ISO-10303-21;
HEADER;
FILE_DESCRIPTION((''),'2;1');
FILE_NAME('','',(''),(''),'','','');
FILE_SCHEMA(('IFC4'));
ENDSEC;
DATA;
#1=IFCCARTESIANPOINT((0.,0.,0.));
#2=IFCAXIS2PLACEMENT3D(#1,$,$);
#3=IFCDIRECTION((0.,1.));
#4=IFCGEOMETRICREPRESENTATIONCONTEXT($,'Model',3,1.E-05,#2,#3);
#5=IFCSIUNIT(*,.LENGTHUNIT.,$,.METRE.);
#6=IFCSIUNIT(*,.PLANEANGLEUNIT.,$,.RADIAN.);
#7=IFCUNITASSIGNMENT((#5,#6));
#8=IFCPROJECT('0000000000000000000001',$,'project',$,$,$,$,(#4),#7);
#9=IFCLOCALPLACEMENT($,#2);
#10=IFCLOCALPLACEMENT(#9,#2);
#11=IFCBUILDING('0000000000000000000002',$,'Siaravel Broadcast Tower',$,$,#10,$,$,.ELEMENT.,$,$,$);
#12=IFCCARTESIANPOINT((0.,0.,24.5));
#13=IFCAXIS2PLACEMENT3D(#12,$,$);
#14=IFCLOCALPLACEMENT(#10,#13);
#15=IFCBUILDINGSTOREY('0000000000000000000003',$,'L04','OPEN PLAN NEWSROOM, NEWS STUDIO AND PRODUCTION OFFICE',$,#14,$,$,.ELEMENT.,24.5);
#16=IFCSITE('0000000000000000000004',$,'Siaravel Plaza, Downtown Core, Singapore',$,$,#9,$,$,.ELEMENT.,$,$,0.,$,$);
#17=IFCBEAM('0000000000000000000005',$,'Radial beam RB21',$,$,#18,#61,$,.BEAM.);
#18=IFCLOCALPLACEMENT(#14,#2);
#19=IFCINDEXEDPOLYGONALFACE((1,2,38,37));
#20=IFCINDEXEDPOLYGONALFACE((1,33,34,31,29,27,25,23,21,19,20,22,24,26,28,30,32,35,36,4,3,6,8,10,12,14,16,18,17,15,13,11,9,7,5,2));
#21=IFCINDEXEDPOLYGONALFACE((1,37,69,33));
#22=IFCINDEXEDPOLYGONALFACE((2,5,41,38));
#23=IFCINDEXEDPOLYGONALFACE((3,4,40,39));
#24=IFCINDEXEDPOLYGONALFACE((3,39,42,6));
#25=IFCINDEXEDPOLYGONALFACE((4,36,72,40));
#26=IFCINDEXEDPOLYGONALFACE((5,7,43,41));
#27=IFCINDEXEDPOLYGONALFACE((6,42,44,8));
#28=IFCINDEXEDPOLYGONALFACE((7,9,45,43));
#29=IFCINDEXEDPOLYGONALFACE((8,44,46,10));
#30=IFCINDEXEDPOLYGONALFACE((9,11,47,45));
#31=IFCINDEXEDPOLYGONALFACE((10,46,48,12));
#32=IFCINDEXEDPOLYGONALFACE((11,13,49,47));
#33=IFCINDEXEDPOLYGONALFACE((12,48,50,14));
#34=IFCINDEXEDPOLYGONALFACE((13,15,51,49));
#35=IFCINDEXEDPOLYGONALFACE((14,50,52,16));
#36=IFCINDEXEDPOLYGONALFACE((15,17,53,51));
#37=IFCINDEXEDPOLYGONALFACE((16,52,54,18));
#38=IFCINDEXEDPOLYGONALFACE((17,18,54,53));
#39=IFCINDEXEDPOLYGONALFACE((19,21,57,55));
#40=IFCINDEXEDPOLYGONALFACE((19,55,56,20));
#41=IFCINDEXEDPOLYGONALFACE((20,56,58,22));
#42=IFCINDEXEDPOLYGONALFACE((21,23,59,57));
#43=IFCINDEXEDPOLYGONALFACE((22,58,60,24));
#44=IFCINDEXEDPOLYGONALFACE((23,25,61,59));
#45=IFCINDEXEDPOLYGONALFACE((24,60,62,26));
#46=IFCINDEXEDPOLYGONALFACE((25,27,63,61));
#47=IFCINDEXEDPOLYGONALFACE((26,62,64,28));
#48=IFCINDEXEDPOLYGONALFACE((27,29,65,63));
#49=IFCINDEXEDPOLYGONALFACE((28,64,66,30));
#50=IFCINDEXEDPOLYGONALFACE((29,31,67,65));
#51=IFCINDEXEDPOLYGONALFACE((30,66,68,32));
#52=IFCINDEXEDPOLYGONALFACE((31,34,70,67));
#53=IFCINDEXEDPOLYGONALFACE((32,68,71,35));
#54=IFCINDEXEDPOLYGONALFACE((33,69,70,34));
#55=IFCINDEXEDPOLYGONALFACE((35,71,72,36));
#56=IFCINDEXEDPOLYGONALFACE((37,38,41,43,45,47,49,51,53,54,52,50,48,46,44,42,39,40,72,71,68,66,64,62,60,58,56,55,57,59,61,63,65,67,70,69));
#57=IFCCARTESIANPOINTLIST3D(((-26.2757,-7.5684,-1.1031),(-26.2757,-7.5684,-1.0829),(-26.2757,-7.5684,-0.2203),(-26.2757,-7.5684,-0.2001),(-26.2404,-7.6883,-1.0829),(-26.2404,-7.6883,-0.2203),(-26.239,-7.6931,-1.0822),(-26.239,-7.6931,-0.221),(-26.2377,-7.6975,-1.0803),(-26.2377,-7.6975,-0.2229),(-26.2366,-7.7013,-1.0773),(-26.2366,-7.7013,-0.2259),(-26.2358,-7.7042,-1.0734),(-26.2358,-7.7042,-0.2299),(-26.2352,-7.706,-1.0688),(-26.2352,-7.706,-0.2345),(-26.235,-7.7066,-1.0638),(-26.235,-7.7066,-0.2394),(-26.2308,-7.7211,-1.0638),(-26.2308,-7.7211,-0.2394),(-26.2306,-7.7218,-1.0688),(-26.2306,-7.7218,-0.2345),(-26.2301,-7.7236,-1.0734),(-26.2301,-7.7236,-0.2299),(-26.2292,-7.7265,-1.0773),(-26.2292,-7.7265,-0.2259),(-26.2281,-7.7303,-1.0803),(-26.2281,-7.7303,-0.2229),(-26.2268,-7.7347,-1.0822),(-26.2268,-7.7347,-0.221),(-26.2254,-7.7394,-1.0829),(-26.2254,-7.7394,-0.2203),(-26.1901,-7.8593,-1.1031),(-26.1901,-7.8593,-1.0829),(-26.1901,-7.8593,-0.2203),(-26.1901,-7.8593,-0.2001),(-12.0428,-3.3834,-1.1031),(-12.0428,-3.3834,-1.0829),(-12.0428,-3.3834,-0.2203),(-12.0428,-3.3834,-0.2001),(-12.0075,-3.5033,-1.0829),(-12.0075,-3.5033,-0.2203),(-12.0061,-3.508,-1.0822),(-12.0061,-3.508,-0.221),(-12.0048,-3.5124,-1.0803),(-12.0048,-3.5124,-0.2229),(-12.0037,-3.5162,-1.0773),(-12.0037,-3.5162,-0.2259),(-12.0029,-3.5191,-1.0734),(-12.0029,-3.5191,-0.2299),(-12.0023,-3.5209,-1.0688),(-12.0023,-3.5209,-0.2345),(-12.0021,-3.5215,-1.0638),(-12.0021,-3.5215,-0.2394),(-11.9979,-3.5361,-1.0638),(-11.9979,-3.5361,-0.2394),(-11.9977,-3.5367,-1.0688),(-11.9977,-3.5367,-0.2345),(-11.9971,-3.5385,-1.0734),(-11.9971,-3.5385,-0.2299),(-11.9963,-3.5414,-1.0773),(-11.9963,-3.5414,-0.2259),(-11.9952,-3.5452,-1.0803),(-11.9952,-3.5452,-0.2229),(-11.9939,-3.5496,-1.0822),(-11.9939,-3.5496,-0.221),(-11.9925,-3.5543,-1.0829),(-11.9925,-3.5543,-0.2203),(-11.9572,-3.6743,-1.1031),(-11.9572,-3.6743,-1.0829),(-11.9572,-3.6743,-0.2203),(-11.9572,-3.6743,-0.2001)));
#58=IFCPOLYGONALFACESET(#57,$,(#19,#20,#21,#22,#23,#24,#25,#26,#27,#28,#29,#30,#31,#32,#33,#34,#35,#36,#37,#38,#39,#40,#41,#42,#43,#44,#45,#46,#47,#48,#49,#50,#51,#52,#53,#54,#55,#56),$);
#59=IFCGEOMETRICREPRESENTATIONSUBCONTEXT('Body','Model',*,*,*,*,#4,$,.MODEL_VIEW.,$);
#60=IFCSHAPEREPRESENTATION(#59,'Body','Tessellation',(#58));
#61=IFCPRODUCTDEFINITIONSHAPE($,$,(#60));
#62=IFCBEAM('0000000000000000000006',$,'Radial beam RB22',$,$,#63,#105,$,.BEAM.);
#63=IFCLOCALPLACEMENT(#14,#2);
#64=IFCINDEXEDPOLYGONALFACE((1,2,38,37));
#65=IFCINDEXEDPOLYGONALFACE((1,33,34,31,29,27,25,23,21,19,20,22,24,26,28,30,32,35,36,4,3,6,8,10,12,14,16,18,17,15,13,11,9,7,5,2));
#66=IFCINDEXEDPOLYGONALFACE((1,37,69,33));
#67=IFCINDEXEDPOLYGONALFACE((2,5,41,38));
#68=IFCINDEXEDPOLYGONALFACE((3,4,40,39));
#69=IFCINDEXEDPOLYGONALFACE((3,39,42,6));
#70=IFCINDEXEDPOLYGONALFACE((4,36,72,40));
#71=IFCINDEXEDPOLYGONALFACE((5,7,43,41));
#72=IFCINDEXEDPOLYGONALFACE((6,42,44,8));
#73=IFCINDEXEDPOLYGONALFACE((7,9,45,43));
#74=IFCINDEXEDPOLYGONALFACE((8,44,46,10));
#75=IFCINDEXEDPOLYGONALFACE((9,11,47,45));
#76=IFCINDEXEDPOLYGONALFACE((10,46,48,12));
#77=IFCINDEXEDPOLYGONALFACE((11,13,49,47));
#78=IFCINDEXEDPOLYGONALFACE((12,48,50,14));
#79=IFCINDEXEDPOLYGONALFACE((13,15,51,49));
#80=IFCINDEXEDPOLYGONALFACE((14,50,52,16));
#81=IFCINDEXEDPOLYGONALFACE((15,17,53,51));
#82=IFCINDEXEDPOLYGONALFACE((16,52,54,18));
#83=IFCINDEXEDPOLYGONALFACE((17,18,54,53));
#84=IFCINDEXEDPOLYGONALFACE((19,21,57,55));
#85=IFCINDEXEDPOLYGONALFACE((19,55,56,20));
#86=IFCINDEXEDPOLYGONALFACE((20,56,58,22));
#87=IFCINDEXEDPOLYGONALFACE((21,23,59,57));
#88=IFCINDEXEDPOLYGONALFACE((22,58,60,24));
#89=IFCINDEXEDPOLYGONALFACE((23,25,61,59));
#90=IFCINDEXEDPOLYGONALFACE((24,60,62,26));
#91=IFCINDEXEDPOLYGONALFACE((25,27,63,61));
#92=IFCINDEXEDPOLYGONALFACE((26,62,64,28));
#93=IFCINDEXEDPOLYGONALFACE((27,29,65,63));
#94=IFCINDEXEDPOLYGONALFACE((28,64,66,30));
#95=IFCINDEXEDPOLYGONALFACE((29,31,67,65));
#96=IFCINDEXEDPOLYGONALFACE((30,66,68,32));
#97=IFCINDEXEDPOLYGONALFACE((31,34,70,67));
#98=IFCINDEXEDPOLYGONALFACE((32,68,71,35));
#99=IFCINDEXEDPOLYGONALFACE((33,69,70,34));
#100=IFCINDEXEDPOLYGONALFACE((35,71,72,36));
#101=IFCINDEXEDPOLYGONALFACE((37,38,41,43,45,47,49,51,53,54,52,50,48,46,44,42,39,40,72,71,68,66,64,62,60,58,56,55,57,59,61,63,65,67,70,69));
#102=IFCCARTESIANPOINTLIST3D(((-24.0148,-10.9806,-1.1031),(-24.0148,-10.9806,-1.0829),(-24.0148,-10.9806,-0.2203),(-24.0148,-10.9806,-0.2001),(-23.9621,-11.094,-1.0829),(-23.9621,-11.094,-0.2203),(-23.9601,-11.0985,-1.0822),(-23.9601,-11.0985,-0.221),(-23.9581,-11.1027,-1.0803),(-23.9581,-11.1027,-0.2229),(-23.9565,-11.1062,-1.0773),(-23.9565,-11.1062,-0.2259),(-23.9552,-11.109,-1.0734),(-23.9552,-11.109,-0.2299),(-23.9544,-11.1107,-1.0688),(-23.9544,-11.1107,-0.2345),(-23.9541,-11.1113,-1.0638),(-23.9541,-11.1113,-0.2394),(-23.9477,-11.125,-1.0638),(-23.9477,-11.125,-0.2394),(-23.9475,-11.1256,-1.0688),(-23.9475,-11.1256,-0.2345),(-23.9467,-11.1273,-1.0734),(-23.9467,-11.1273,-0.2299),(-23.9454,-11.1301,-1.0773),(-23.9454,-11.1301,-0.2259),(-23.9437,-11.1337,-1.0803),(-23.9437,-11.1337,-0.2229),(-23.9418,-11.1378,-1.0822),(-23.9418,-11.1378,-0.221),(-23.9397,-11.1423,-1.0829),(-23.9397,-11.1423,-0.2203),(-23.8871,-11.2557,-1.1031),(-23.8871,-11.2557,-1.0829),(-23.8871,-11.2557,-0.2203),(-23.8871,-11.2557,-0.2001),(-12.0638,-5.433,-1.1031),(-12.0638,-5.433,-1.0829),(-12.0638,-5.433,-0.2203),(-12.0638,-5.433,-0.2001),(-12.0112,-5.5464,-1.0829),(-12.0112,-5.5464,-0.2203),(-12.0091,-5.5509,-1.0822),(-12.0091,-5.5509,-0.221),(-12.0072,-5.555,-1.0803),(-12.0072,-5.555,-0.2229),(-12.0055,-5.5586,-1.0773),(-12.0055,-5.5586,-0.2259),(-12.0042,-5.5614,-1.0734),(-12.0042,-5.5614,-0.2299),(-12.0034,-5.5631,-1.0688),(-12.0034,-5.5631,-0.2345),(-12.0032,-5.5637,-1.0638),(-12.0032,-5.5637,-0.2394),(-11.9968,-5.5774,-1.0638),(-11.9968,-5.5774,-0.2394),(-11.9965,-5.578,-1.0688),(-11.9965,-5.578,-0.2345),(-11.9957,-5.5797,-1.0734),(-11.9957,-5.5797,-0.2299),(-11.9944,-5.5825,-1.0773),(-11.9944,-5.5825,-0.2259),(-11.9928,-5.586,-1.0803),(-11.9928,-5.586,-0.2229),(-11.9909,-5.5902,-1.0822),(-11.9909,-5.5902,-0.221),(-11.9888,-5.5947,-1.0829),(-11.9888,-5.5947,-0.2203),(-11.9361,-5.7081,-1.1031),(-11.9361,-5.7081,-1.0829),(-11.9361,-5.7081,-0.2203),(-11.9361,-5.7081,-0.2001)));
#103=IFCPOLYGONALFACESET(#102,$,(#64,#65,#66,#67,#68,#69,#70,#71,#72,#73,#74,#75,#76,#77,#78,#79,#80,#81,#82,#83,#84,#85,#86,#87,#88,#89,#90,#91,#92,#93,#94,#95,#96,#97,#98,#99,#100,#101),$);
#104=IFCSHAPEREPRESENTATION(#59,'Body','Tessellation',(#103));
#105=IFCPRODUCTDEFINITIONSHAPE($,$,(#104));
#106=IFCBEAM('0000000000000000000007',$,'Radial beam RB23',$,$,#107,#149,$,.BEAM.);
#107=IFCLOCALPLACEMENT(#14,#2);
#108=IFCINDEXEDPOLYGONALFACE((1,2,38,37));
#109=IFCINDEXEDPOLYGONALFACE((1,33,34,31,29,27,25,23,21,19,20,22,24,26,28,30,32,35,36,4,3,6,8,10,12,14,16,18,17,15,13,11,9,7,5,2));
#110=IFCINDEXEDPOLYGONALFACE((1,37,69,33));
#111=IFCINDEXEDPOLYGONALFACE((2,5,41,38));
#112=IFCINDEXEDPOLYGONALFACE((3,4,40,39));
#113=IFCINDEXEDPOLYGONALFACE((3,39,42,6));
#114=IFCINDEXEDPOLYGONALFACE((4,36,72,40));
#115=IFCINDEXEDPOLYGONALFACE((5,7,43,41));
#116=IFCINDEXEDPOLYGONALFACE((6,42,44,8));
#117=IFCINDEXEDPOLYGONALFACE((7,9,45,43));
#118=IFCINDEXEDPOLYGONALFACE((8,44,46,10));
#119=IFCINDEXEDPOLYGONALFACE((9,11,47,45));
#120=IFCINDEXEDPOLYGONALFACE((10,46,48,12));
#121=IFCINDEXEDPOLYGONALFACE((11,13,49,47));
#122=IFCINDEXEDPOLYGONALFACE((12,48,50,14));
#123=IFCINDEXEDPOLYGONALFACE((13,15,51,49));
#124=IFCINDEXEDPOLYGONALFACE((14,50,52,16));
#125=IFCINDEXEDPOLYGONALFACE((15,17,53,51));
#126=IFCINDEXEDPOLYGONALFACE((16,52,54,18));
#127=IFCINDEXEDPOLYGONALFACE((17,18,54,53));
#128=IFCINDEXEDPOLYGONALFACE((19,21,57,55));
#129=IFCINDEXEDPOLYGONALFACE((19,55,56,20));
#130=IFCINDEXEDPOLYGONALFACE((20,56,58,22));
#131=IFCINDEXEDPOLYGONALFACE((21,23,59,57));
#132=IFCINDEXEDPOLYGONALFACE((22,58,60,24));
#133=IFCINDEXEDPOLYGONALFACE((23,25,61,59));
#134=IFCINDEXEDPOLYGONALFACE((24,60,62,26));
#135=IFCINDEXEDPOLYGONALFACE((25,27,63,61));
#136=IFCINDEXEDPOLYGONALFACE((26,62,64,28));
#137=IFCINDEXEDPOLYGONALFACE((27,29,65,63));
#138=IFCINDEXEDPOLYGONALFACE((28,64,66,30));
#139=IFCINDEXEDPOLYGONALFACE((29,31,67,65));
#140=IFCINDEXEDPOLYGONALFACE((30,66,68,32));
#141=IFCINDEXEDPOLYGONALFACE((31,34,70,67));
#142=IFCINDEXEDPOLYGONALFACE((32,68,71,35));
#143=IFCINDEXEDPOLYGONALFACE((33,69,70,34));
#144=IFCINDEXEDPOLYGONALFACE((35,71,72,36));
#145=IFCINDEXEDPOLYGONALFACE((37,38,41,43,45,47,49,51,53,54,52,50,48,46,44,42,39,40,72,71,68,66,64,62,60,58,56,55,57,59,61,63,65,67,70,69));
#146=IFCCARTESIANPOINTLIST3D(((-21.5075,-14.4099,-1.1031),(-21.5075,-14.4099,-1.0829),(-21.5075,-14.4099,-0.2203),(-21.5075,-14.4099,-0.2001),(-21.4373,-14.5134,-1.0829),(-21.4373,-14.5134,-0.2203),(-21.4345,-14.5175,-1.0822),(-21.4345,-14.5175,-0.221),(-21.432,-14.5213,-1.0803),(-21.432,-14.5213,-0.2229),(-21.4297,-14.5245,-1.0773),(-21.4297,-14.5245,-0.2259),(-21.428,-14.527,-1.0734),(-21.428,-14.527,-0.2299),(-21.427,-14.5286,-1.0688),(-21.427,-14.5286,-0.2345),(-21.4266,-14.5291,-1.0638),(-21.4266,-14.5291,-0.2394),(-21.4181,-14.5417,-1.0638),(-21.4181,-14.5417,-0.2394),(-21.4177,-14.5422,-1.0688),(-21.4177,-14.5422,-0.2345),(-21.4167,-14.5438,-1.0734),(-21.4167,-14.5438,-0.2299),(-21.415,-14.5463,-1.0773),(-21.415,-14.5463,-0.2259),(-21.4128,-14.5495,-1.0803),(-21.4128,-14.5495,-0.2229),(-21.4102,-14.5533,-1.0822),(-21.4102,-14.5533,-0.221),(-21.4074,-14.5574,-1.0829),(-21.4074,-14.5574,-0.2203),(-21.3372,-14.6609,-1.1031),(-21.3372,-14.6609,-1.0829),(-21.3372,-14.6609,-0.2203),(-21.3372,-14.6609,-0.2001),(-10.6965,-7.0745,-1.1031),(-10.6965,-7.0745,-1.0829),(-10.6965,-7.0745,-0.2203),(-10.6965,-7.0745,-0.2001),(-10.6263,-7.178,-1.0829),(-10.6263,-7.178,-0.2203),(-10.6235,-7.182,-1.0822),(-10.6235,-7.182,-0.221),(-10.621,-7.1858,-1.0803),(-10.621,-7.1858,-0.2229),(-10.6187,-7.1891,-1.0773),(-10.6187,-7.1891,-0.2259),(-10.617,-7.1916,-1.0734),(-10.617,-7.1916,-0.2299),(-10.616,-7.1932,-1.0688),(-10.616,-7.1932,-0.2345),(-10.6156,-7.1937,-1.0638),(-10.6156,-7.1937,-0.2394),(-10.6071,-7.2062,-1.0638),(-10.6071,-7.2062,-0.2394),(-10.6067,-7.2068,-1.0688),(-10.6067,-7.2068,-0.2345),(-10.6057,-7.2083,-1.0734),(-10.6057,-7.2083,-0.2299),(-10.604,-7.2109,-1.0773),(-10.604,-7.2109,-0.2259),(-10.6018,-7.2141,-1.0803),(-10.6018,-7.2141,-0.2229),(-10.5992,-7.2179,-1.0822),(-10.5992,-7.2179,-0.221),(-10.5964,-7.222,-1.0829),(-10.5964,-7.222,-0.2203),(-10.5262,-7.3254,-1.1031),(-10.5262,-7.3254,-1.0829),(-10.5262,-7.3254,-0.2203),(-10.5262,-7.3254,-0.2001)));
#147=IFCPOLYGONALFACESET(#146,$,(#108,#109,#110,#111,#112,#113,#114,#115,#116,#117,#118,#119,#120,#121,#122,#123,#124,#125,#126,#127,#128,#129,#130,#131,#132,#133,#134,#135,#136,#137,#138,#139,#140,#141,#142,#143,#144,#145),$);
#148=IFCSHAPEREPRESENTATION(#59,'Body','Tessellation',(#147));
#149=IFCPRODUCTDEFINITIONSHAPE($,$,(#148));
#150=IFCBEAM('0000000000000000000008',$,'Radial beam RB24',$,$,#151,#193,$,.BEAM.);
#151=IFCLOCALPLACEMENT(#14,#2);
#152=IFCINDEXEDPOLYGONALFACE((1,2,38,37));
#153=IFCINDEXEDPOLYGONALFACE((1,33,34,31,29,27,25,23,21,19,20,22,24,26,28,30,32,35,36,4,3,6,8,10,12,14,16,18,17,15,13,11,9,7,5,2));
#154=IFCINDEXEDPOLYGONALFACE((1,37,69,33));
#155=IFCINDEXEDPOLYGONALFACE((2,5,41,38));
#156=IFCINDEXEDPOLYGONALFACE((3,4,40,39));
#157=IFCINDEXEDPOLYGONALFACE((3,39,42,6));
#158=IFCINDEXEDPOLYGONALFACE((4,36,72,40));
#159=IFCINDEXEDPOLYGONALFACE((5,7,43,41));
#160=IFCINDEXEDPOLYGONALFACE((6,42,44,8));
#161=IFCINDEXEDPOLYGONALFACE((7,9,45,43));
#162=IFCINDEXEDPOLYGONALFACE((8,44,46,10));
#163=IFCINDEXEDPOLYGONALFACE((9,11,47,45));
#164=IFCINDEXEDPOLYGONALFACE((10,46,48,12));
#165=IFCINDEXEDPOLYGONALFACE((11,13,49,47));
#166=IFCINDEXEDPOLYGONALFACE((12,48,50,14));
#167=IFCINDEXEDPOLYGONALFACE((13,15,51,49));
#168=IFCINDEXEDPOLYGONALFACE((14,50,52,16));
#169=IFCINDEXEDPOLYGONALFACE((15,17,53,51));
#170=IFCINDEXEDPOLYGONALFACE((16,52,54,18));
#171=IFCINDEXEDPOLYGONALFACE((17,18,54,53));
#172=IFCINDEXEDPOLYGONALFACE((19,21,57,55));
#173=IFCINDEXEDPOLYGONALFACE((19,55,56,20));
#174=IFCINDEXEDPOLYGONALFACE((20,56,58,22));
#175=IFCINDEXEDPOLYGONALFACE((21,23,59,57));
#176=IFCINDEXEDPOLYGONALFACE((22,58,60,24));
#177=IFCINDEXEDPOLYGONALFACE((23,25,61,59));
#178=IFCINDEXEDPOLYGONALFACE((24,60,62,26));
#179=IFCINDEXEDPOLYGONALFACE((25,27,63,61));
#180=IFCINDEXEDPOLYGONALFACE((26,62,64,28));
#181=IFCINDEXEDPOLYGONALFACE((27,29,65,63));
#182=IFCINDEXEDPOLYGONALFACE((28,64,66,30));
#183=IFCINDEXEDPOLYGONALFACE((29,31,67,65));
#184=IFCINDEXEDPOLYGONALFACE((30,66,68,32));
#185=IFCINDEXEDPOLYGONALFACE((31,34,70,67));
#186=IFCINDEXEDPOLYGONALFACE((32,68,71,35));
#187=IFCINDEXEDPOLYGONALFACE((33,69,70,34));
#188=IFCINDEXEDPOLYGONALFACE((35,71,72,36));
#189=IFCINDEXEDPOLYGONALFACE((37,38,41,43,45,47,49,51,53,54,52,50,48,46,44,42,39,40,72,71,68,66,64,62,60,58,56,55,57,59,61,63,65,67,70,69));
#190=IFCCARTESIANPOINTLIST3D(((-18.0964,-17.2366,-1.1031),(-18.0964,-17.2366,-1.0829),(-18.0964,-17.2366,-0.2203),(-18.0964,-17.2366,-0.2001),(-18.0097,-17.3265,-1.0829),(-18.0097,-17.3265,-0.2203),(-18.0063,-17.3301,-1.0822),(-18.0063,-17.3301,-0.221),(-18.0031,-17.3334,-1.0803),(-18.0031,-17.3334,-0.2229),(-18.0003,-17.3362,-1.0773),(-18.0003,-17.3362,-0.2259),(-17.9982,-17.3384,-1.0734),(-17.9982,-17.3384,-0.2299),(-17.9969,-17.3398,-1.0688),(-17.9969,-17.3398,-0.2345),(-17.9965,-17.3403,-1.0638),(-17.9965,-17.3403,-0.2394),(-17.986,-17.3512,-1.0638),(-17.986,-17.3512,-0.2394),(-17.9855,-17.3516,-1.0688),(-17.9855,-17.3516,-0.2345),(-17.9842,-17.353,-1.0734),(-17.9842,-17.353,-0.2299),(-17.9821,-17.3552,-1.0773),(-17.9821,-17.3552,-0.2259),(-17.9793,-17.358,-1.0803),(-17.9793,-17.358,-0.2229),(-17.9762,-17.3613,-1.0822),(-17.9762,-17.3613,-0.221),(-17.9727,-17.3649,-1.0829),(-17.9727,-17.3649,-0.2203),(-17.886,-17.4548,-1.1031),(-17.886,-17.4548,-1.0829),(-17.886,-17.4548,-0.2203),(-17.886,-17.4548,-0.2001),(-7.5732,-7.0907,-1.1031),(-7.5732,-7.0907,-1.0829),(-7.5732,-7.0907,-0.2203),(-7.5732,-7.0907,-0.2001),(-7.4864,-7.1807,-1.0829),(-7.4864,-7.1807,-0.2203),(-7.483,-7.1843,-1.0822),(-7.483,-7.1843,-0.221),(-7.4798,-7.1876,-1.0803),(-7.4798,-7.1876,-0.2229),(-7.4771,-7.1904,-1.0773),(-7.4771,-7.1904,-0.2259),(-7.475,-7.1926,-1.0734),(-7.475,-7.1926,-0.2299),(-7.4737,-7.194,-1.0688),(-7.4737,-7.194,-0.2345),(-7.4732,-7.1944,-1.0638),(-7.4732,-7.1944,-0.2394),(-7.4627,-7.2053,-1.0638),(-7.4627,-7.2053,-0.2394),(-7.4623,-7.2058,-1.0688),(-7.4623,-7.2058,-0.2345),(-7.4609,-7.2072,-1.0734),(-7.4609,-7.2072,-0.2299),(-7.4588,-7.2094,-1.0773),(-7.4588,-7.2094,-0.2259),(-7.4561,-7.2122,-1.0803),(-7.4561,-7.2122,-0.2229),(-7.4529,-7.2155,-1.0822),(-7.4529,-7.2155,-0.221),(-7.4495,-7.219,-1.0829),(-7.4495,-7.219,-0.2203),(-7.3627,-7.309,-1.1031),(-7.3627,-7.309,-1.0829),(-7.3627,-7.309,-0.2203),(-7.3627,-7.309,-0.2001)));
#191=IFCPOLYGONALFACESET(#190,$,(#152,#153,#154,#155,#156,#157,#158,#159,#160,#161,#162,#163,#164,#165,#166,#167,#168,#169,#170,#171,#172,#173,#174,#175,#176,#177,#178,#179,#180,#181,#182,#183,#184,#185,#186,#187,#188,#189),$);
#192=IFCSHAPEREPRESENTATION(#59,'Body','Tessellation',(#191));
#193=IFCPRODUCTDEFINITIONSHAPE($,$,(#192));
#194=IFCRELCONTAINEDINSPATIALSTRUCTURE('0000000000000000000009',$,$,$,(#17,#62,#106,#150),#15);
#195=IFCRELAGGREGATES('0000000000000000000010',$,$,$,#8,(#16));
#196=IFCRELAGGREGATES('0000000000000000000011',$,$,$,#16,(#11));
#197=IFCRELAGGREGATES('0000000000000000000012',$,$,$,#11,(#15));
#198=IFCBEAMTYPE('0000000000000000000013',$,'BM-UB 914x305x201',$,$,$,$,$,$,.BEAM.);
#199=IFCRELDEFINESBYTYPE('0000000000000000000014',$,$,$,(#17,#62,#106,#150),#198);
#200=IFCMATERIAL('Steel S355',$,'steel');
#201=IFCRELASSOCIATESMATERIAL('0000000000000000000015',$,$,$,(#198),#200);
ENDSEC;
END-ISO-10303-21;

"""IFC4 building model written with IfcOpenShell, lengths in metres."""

from ifc_helpers import new_model, si_unit, direction, frame, origin, origin_2d, place, context, subcontext, project, spatial, i_section, extrude, material, material_profile, profile_set, type_object, element, save


model = new_model("IFC4")

# Units and contexts
model_context = context("Model", 3, precision=1e-05, world=origin(), true_north=direction((0.0, 1.0)))
body_context = subcontext(model_context, "Body", "Model", "MODEL_VIEW")
ifc_project = project(units=[si_unit("LENGTHUNIT", "METRE"), si_unit("PLANEANGLEUNIT", "RADIAN")], contexts=[model_context])

# Site, building, storey
site_placement = place(None, origin())
site = spatial("IfcSite", under=ifc_project, at=site_placement, Name="Siaravel Plaza, Downtown Core, Singapore", CompositionType="ELEMENT", RefElevation=0.0)
building_placement = place(site_placement, origin())
building = spatial("IfcBuilding", under=site, at=building_placement, Name="Siaravel Broadcast Tower", CompositionType="ELEMENT")
storey_placement = place(building_placement, frame((0.0, 0.0, 24.5)))
storey = spatial("IfcBuildingStorey", under=building, at=storey_placement, Name="L04", Description="OPEN PLAN NEWSROOM, NEWS STUDIO AND PRODUCTION OFFICE", CompositionType="ELEMENT", Elevation=24.5)

# Beams
ifc_material_1 = material(Name="Steel S355", Category="steel")
ifc_material_profile_1 = material_profile(ifc_material_1, i_section(OverallWidth=0.3032, OverallDepth=0.9031, WebThickness=0.0151, FlangeThickness=0.0203, FilletRadius=0.019, at=origin_2d()))
ifc_profile_set_1 = profile_set([ifc_material_profile_1], Name="Steel S355")
beam_type = type_object("IfcBeamType", Name="BM-UB 914x305x201", PredefinedType="BEAM", material=ifc_profile_set_1)
beam_1_placement = place(storey_placement, frame((-26.2329, -7.7139, -0.6516), z_axis=(0.959385, 0.282099, 0.0), x_axis=(-0.282099, 0.959385, 0.0)))
element("IfcBeam", 1, at=beam_1_placement, inside=storey, type_object=beam_type, Name="Radial beam RB21", PredefinedType="BEAM", context=body_context, shape_type="SweptSolid", body=[
    extrude(i_section(OverallWidth=0.3032, OverallDepth=0.9031, WebThickness=0.0151, FlangeThickness=0.0203, FilletRadius=0.019, at=origin_2d()), origin(), (0.0, 0.0, 1.0), 14.8354),
])
beam_2_placement = place(storey_placement, frame((-23.9509, -11.1182, -0.6516), z_axis=(0.907039, 0.421047, 0.0), x_axis=(-0.421047, 0.907039, 0.0)))
element("IfcBeam", 2, at=beam_2_placement, inside=storey, type_object=beam_type, Name="Radial beam RB22", PredefinedType="BEAM", context=body_context, shape_type="SweptSolid", body=[
    extrude(i_section(OverallWidth=0.3032, OverallDepth=0.9031, WebThickness=0.0151, FlangeThickness=0.0203, FilletRadius=0.019, at=origin_2d()), origin(), (0.0, 0.0, 1.0), 13.1758),
])
beam_3_placement = place(storey_placement, frame((-21.4224, -14.5354, -0.6516), z_axis=(0.827497, 0.561469, 0.0), x_axis=(-0.561469, 0.827497, 0.0)))
element("IfcBeam", 3, at=beam_3_placement, inside=storey, type_object=beam_type, Name="Radial beam RB23", PredefinedType="BEAM", context=body_context, shape_type="SweptSolid", body=[
    extrude(i_section(OverallWidth=0.3032, OverallDepth=0.9031, WebThickness=0.0151, FlangeThickness=0.0203, FilletRadius=0.019, at=origin_2d()), origin(), (0.0, 0.0, 1.0), 13.0647),
])
beam_4_placement = place(storey_placement, frame((-17.9912, -17.3457, -0.6516), z_axis=(0.719899, 0.694078, 0.0), x_axis=(-0.694078, 0.719899, 0.0)))
element("IfcBeam", 4, at=beam_4_placement, inside=storey, type_object=beam_type, Name="Radial beam RB24", PredefinedType="BEAM", context=body_context, shape_type="SweptSolid", body=[
    extrude(i_section(OverallWidth=0.3032, OverallDepth=0.9031, WebThickness=0.0151, FlangeThickness=0.0203, FilletRadius=0.019, at=origin_2d()), origin(), (0.0, 0.0, 1.0), 14.6177),
])

save(model, "model.ifc")
